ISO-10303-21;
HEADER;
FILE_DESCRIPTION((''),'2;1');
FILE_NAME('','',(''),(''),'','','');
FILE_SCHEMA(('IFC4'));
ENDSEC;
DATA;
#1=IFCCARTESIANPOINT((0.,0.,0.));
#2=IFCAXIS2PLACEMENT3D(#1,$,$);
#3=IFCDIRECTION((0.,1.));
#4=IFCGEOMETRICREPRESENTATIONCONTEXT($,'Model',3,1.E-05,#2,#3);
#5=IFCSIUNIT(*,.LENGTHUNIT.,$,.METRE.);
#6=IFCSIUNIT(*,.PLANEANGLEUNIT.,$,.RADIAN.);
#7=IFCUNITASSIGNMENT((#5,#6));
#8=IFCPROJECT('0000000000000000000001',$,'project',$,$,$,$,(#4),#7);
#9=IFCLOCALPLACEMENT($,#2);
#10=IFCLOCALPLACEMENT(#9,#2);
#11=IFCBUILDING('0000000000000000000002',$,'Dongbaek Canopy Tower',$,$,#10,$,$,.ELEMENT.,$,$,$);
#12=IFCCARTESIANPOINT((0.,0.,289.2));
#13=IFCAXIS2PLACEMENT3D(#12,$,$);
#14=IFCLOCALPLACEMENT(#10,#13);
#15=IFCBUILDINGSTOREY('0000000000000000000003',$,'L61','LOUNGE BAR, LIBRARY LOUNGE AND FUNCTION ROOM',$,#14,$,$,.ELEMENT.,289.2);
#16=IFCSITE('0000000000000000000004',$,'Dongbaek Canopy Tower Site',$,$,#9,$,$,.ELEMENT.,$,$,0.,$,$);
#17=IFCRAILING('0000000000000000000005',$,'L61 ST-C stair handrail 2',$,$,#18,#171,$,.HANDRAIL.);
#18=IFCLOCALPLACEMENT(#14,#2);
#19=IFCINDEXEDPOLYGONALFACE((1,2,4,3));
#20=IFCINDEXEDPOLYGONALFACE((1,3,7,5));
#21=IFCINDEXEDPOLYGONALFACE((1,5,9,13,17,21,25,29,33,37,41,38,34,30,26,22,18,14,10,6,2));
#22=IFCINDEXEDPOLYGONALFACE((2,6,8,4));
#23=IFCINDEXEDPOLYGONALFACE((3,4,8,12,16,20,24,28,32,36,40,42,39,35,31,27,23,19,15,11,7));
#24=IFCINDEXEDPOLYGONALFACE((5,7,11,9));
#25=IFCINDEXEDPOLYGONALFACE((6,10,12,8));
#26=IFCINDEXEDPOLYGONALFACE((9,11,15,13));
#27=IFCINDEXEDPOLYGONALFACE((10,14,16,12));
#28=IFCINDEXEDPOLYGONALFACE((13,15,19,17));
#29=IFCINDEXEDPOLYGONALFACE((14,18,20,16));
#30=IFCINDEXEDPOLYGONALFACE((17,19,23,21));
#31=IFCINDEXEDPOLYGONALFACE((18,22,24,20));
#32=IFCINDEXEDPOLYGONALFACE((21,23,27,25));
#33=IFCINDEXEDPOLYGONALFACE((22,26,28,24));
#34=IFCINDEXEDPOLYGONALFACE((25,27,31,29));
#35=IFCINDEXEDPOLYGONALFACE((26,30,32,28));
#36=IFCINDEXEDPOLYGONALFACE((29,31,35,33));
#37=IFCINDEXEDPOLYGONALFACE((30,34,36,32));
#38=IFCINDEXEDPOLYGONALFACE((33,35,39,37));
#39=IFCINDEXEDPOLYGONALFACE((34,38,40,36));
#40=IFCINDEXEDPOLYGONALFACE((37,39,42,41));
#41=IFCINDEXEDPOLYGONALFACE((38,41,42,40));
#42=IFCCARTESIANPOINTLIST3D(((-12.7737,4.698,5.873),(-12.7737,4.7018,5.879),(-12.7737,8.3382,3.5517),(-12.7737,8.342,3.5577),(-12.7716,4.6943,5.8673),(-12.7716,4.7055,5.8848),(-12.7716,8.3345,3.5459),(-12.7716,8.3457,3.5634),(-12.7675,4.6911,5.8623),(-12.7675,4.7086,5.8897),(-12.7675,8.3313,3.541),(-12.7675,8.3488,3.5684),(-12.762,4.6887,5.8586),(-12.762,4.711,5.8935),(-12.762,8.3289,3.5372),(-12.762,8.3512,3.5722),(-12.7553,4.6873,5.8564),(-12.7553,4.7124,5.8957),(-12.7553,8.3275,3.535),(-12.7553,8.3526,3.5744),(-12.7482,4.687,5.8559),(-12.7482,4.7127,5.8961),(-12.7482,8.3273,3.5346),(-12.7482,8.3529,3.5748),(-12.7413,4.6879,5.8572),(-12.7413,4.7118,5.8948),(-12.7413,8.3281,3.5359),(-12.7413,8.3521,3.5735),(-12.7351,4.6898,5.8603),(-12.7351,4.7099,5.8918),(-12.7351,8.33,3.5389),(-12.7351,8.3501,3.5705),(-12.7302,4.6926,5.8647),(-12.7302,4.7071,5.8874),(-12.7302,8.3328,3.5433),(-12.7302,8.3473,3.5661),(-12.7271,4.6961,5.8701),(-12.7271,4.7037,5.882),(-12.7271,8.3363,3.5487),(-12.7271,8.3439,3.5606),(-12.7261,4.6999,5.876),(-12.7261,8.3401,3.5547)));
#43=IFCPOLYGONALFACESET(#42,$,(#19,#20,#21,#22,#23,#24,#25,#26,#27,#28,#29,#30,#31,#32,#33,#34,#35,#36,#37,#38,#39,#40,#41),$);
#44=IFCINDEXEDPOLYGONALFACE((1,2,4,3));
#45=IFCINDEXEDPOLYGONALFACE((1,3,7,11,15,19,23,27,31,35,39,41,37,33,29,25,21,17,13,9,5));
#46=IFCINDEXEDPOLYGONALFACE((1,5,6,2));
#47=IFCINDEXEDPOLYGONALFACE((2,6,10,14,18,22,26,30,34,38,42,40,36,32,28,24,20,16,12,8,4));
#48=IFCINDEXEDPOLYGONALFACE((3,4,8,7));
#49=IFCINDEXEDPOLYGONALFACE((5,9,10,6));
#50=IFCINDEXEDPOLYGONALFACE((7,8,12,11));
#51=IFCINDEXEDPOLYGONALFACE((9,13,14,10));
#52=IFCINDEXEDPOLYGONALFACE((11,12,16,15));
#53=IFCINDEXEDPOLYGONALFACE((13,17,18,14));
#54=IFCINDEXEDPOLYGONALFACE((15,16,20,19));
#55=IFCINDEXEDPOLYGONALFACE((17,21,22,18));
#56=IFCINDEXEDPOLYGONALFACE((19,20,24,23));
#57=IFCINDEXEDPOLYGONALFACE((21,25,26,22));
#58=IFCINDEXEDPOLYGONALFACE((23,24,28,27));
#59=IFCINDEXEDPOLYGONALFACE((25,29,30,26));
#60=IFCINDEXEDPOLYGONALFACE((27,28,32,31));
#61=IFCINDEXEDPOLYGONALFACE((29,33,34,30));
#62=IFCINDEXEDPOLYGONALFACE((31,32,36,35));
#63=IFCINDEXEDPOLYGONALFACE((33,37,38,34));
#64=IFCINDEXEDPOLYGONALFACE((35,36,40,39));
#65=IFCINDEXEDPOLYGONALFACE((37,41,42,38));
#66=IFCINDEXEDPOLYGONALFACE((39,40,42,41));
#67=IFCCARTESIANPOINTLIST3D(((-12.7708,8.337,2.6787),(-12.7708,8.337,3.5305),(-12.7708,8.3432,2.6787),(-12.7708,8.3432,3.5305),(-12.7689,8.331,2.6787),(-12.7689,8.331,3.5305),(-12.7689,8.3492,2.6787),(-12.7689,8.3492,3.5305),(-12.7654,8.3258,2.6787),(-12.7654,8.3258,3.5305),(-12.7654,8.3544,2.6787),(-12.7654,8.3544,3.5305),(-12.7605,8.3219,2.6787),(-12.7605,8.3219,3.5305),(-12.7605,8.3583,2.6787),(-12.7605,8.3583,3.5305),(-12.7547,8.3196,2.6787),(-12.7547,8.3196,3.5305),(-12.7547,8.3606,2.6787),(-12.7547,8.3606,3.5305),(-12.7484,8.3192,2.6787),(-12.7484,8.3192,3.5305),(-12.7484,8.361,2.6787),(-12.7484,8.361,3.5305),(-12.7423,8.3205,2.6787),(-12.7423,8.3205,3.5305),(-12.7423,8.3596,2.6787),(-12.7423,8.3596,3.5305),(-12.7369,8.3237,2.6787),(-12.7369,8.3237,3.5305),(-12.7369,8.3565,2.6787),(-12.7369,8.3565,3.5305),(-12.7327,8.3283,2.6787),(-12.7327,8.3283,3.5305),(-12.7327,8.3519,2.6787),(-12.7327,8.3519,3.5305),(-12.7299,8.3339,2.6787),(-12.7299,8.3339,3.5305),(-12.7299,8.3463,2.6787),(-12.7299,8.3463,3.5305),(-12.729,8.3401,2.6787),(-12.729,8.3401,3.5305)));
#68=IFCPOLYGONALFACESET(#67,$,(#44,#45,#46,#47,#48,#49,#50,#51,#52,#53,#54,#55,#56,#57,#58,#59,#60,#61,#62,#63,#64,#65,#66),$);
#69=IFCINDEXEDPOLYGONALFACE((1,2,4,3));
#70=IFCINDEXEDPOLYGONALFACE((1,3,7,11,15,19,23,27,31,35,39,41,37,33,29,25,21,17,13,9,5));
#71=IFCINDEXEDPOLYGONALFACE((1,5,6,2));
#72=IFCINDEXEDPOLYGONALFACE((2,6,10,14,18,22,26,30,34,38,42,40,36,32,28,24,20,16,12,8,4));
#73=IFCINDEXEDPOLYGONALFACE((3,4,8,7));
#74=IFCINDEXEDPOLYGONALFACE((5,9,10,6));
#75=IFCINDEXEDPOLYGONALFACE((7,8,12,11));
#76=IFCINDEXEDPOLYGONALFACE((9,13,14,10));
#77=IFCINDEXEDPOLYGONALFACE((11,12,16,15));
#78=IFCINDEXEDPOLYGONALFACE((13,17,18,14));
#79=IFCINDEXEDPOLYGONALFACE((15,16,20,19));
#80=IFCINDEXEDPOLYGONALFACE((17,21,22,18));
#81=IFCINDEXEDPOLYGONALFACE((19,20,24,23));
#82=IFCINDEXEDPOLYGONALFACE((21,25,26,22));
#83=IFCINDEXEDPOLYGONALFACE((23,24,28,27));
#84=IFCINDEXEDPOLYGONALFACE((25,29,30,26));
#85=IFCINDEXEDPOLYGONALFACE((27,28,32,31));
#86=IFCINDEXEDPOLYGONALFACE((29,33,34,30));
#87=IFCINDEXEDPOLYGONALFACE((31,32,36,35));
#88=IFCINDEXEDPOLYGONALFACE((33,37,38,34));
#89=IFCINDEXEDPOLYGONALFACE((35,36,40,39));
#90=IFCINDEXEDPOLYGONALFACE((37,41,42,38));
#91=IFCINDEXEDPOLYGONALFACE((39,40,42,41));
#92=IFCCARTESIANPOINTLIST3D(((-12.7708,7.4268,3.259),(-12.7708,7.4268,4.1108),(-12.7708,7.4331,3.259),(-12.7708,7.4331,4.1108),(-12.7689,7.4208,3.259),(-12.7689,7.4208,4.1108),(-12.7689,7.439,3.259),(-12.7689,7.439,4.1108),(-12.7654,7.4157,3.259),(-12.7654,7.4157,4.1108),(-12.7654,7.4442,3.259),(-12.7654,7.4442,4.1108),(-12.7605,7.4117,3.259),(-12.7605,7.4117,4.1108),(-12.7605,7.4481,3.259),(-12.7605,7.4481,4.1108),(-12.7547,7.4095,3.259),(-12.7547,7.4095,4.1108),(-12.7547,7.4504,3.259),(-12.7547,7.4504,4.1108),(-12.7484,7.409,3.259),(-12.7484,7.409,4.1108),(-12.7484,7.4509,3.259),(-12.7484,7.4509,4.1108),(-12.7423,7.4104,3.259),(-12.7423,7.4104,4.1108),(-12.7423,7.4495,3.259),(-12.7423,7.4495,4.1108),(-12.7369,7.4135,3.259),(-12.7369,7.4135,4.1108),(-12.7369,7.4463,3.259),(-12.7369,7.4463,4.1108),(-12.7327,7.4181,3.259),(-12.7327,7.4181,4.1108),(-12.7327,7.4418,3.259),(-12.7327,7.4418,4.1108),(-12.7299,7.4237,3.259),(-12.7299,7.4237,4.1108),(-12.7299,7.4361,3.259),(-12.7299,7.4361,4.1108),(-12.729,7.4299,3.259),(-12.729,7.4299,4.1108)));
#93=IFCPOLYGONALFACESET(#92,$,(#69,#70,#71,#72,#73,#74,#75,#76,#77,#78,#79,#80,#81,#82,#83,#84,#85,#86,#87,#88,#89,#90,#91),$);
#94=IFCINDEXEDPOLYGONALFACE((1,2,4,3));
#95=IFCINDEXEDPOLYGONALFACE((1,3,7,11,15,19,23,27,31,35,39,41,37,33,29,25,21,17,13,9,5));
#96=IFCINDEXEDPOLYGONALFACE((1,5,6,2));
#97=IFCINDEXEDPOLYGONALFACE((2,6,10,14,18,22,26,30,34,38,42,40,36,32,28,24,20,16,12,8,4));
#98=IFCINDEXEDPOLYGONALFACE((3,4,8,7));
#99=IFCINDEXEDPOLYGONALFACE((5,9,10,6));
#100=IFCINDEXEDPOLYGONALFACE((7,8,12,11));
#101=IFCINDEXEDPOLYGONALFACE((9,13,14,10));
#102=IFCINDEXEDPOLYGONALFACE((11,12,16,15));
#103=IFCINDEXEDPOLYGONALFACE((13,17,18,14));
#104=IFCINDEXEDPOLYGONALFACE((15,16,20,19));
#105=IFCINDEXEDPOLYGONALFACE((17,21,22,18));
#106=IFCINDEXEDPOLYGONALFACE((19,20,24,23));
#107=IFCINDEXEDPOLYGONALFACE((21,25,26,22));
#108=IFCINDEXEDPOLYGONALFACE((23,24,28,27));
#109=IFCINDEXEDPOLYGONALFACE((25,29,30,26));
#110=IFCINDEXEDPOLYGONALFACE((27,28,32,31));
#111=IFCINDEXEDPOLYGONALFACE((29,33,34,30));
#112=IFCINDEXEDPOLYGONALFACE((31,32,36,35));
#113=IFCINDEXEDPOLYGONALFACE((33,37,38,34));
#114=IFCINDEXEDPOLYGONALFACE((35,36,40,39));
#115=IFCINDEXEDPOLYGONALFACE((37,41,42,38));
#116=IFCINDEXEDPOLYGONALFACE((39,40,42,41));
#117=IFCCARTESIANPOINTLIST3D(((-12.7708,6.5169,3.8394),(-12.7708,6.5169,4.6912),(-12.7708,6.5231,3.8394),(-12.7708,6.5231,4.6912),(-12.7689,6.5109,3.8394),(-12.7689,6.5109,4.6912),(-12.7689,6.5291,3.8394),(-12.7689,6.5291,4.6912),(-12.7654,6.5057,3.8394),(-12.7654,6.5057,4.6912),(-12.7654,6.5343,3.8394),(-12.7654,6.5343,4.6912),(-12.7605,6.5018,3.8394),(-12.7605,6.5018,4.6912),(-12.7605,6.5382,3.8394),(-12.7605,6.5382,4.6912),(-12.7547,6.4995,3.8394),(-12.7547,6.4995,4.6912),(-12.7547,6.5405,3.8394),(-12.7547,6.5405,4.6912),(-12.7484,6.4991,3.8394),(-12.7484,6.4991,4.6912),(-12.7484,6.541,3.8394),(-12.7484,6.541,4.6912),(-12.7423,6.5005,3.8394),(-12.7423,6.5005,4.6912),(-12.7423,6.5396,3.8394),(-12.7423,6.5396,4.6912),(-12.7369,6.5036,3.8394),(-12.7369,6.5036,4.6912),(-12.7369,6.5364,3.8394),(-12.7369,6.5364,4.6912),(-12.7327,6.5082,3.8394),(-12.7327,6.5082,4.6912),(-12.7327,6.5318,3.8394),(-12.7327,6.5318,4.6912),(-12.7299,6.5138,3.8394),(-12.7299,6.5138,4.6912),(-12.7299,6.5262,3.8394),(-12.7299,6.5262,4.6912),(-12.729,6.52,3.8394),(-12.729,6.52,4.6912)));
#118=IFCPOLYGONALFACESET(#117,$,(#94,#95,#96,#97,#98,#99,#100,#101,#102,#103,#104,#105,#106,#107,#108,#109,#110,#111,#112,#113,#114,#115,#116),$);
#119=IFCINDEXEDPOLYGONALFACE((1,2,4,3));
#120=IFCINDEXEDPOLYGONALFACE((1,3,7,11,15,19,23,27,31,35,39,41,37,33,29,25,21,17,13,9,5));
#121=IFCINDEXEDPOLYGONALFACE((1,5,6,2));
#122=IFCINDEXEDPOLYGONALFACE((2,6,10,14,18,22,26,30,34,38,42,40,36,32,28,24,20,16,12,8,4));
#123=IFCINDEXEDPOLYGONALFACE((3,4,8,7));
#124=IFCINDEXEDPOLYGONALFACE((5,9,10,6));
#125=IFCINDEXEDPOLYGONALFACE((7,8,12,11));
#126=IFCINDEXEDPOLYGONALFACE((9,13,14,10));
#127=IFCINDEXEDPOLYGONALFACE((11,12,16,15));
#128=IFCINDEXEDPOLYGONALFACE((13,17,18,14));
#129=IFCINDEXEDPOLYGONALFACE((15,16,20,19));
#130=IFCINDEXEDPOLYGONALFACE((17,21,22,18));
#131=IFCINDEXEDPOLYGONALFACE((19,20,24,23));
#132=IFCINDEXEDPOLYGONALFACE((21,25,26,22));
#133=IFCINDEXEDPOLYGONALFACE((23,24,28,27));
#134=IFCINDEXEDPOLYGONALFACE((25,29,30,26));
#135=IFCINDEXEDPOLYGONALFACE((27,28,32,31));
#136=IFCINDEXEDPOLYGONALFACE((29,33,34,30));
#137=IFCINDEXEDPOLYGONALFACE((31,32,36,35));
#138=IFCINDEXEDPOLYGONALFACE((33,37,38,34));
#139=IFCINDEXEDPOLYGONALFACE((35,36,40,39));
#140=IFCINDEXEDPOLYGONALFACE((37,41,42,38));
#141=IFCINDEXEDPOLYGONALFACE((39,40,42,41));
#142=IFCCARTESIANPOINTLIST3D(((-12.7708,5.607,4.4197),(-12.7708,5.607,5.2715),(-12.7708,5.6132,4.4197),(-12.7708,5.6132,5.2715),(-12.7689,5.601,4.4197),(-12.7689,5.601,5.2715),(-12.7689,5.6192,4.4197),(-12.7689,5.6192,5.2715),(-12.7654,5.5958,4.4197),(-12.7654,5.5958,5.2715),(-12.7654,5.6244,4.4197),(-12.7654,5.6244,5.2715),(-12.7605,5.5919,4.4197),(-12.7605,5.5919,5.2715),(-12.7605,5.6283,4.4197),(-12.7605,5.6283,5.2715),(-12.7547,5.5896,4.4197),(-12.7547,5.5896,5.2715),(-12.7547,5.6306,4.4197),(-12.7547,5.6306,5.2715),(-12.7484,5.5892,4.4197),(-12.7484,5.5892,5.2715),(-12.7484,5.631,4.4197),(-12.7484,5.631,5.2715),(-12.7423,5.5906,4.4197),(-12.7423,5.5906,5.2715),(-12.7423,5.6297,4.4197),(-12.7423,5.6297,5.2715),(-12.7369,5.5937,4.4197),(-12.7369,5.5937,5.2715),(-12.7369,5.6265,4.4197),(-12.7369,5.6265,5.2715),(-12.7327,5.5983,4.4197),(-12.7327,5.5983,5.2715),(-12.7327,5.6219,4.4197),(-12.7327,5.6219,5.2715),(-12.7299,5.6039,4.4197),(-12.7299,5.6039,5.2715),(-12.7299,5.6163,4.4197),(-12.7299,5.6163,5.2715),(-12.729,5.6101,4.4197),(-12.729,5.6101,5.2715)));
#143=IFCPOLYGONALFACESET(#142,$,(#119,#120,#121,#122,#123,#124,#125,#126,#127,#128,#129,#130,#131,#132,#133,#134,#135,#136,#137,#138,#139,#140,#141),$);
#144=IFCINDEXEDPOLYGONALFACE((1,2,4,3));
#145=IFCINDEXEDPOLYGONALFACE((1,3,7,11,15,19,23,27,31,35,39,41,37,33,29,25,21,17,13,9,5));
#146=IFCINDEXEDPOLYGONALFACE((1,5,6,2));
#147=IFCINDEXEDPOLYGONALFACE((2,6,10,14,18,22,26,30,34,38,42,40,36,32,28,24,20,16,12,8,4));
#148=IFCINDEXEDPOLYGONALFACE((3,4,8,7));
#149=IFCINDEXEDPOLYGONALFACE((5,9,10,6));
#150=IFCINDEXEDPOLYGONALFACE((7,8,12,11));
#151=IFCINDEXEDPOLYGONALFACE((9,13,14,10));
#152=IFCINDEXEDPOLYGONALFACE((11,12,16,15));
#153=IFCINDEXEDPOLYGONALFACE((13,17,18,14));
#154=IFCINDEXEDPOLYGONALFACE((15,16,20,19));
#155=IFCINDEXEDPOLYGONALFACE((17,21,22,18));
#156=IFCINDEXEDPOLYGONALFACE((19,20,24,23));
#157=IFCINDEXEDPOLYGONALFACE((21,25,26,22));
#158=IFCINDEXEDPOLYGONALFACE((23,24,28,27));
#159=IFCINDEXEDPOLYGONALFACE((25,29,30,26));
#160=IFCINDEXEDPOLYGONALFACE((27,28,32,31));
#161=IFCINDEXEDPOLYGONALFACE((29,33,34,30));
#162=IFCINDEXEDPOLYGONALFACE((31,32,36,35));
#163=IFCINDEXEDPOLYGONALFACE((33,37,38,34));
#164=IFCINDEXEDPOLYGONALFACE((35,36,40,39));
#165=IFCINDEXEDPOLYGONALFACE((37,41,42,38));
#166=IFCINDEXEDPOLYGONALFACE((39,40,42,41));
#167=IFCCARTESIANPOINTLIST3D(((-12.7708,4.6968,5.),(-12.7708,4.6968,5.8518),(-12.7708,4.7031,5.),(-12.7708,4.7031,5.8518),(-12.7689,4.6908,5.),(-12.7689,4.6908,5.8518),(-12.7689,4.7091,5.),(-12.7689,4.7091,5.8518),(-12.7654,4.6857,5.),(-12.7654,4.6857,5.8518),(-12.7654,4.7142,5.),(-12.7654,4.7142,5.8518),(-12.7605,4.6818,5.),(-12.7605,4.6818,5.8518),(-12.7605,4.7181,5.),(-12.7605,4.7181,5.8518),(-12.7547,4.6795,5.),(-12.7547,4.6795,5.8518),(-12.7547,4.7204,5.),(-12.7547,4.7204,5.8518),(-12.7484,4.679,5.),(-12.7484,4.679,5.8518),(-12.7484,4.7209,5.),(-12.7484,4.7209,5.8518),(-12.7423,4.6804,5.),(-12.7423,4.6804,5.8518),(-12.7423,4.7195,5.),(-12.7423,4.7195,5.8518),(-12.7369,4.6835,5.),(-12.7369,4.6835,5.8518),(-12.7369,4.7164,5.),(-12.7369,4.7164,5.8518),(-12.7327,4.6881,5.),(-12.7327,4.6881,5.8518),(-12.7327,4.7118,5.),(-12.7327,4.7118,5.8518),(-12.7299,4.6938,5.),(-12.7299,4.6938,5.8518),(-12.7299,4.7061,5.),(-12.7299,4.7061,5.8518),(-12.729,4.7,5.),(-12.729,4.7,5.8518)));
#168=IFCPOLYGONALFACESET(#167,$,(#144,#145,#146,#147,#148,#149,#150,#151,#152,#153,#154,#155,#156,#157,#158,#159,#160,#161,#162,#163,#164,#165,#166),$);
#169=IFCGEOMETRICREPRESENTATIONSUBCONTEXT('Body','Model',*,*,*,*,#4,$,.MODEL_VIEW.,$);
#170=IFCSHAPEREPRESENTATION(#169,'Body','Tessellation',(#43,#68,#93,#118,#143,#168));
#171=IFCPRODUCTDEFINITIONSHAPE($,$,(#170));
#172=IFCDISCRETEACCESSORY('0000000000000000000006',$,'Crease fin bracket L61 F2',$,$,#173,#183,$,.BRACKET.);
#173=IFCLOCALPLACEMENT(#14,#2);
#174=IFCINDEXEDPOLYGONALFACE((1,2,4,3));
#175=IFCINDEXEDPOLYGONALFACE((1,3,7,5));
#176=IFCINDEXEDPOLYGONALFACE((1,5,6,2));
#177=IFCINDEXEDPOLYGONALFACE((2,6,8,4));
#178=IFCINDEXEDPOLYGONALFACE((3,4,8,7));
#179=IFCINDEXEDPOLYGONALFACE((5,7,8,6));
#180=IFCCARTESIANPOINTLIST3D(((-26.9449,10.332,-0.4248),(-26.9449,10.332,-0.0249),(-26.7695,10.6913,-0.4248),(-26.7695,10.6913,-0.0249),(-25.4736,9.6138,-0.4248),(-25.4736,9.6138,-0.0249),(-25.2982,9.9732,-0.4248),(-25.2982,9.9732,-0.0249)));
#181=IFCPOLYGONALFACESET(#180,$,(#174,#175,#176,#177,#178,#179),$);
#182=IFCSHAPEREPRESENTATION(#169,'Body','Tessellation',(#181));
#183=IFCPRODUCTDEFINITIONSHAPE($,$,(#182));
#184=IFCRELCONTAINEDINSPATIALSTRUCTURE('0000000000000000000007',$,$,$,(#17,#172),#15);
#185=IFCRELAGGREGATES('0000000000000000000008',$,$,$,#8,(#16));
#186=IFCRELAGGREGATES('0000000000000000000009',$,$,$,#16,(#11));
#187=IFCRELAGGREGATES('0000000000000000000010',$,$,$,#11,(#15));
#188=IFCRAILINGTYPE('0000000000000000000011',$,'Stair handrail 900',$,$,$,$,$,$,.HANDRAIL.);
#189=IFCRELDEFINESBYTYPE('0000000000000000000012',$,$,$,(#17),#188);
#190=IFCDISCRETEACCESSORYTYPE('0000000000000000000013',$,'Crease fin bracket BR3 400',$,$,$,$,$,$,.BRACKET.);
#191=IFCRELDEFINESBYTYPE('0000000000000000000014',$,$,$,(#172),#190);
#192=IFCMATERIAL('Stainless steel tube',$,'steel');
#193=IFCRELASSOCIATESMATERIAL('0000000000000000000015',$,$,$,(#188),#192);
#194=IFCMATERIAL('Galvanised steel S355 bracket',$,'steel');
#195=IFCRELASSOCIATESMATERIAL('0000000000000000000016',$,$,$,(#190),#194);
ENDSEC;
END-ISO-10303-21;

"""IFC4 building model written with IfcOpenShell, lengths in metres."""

from ifc_helpers import new_model, si_unit, direction, frame, origin, origin_2d, place, context, subcontext, project, spatial, rectangle, circle, extrude, material, type_object, element, save


model = new_model("IFC4")

# Units and contexts
model_context = context("Model", 3, precision=1e-05, world=origin(), true_north=direction((0.0, 1.0)))
body_context = subcontext(model_context, "Body", "Model", "MODEL_VIEW")
ifc_project = project(units=[si_unit("LENGTHUNIT", "METRE"), si_unit("PLANEANGLEUNIT", "RADIAN")], contexts=[model_context])

# Site, building, storey
site_placement = place(None, origin())
site = spatial("IfcSite", under=ifc_project, at=site_placement, Name="Dongbaek Canopy Tower Site", CompositionType="ELEMENT", RefElevation=0.0)
building_placement = place(site_placement, origin())
building = spatial("IfcBuilding", under=site, at=building_placement, Name="Dongbaek Canopy Tower", CompositionType="ELEMENT")
storey_placement = place(building_placement, frame((0.0, 0.0, 289.2)))
storey = spatial("IfcBuildingStorey", under=building, at=storey_placement, Name="L61", Description="LOUNGE BAR, LIBRARY LOUNGE AND FUNCTION ROOM", CompositionType="ELEMENT", Elevation=289.2)

# Railing
ifc_material_1 = material(Name="Stainless steel tube", Category="steel")
railing_type_1 = type_object("IfcRailingType", Name="Stair handrail 900", PredefinedType="HANDRAIL", material=ifc_material_1)
railing_1_placement = place(storey_placement, frame((-12.75, 8.3401, 2.6787)))
element("IfcRailing", 1, at=railing_1_placement, inside=storey, type_object=railing_type_1, Name="L61 ST-C stair handrail 2", PredefinedType="HANDRAIL", context=body_context, shape_type="SweptSolid", body=[
    extrude(circle(Radius=0.0239, at=origin_2d()), frame((0.0, 0.0, 0.876), z_axis=(0.0, -0.843153, 0.537673), x_axis=(1.0, 0.0, 0.0)), (0.0, 0.0, 1.0), 4.3174),
    extrude(circle(Radius=0.021, at=origin_2d()), origin(), (0.0, 0.0, 1.0), 0.8518),
    extrude(circle(Radius=0.021, at=origin_2d()), frame((0.0, -0.9102, 0.5803)), (0.0, 0.0, 1.0), 0.8518),
    extrude(circle(Radius=0.021, at=origin_2d()), frame((0.0, -1.8201, 1.1606)), (0.0, 0.0, 1.0), 0.8518),
    extrude(circle(Radius=0.021, at=origin_2d()), frame((0.0, -2.73, 1.741)), (0.0, 0.0, 1.0), 0.8518),
    extrude(circle(Radius=0.021, at=origin_2d()), frame((0.0, -3.6401, 2.3213)), (0.0, 0.0, 1.0), 0.8518),
])

# Discrete accessory
ifc_material_2 = material(Name="Galvanised steel S355 bracket", Category="steel")
discrete_accessory_type = type_object("IfcDiscreteAccessoryType", Name="Crease fin bracket BR3 400", PredefinedType="BRACKET", material=ifc_material_2)
discrete_accessory_placement = place(storey_placement, frame((-26.1216, 10.1526, -0.4248), z_axis=(0.0, 0.0, 1.0), x_axis=(-0.898668, 0.43863, 0.0)))
element("IfcDiscreteAccessory", 2, at=discrete_accessory_placement, inside=storey, type_object=discrete_accessory_type, Name="Crease fin bracket L61 F2", PredefinedType="BRACKET", context=body_context, shape_type="SweptSolid", body=[
    extrude(rectangle(XDim=1.6372, YDim=0.3999, at=origin_2d()), origin(), (0.0, 0.0, 1.0), 0.3999),
])

save(model, "model.ifc")
